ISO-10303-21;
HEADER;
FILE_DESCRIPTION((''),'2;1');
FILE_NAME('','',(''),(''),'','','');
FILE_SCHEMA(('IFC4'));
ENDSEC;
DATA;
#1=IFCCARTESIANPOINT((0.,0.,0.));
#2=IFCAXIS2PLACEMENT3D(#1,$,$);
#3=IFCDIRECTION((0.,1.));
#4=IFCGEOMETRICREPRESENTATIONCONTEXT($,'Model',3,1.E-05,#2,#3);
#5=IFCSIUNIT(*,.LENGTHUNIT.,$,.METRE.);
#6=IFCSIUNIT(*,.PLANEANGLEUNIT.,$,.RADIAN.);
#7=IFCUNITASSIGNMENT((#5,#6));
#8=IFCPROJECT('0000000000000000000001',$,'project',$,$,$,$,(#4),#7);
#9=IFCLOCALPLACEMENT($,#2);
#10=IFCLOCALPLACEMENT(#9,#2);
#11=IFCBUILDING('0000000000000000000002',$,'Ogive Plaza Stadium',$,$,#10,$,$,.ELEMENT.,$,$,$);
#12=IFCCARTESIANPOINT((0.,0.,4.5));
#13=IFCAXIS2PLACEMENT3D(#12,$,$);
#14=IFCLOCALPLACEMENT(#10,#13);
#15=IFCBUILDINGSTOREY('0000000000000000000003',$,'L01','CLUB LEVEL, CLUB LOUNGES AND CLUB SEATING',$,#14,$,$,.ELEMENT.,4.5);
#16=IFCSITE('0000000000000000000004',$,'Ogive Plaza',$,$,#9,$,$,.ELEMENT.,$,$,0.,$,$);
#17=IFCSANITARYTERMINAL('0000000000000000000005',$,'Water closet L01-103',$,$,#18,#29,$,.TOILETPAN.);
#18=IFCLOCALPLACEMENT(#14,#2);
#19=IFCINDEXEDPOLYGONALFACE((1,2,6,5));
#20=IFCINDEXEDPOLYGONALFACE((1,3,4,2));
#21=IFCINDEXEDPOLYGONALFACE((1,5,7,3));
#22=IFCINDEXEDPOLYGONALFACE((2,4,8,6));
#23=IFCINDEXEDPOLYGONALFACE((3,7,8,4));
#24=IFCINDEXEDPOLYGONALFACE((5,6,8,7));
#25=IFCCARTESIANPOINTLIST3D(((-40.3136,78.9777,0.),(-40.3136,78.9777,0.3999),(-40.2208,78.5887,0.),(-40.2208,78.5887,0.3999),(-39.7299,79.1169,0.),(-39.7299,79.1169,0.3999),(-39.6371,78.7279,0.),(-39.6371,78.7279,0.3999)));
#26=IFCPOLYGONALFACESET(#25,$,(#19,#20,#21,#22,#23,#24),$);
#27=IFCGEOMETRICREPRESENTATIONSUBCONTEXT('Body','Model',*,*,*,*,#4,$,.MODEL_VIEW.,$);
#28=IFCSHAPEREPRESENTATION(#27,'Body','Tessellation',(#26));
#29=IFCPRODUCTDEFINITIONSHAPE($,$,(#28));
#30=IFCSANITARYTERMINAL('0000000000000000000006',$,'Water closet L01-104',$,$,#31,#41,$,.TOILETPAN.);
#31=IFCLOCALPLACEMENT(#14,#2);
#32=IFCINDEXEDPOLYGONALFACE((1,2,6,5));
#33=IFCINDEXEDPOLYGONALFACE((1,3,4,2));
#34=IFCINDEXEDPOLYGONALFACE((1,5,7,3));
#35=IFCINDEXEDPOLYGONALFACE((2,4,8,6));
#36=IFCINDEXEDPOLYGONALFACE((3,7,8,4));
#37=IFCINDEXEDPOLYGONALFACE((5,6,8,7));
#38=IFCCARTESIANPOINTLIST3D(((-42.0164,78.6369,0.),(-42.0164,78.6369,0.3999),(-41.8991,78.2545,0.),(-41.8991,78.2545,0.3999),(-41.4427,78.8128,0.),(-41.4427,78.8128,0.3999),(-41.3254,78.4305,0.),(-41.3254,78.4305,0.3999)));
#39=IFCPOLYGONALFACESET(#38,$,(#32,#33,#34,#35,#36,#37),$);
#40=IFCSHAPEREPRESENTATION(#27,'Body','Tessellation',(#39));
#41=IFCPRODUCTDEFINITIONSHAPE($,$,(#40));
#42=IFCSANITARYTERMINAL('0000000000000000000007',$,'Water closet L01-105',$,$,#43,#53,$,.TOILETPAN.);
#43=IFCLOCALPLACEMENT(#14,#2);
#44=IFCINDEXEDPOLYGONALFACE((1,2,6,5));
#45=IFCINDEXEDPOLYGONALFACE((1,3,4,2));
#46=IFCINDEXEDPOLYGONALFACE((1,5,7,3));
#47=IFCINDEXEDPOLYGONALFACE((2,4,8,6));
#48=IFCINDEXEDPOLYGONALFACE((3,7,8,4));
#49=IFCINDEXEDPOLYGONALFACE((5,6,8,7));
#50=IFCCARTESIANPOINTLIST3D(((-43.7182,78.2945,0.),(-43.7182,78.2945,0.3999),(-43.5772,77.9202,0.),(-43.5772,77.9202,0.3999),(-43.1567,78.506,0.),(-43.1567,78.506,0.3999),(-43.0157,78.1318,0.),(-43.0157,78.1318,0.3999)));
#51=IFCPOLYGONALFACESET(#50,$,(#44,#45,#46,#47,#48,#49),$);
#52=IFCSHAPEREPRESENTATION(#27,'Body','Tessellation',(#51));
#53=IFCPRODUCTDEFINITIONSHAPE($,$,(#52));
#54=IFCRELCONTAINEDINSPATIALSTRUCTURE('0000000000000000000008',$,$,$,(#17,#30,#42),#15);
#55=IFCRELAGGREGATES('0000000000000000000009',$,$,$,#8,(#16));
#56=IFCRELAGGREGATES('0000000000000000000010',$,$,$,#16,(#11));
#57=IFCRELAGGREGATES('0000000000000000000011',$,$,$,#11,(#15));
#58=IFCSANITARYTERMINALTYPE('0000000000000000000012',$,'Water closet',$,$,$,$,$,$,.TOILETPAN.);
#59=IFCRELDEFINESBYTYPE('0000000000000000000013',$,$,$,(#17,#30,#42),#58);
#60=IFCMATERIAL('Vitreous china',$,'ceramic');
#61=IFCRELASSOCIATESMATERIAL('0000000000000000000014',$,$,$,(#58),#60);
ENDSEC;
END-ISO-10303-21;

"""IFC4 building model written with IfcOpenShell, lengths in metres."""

from ifc_helpers import new_model, si_unit, direction, frame, origin, origin_2d, place, context, subcontext, project, spatial, rectangle, extrude, material, type_object, element, save


model = new_model("IFC4")

# Units and contexts
model_context = context("Model", 3, precision=1e-05, world=origin(), true_north=direction((0.0, 1.0)))
body_context = subcontext(model_context, "Body", "Model", "MODEL_VIEW")
ifc_project = project(units=[si_unit("LENGTHUNIT", "METRE"), si_unit("PLANEANGLEUNIT", "RADIAN")], contexts=[model_context])

# Site, building, storey
site_placement = place(None, origin())
site = spatial("IfcSite", under=ifc_project, at=site_placement, Name="Ogive Plaza", CompositionType="ELEMENT", RefElevation=0.0)
building_placement = place(site_placement, origin())
building = spatial("IfcBuilding", under=site, at=building_placement, Name="Ogive Plaza Stadium", CompositionType="ELEMENT")
storey_placement = place(building_placement, frame((0.0, 0.0, 4.5)))
storey = spatial("IfcBuildingStorey", under=building, at=storey_placement, Name="L01", Description="CLUB LEVEL, CLUB LOUNGES AND CLUB SEATING", CompositionType="ELEMENT", Elevation=4.5)

# Sanitary terminals
ifc_material_1 = material(Name="Vitreous china", Category="ceramic")
sanitary_terminal_type_1 = type_object("IfcSanitaryTerminalType", Name="Water closet", PredefinedType="TOILETPAN", material=ifc_material_1)
for number, where, z_axis, x_axis, name in (
    (1, (-39.9753, 78.8528, 0.0), (0.0, 0.0, 1.0), (-0.231948, 0.972728, 0.0), "Water closet L01-103"),
    (2, (-41.6709, 78.5337, 0.0), (0.0, 0.0, 1.0), (-0.293224, 0.956044, 0.0), "Water closet L01-104"),
    (3, (-43.3669, 78.2131, 0.0), (0.0, 0.0, 1.0), (-0.35256, 0.935789, 0.0), "Water closet L01-105"),
):
    element("IfcSanitaryTerminal", number, at=place(storey_placement, frame(where, z_axis=z_axis, x_axis=x_axis)), inside=storey, type_object=sanitary_terminal_type_1, Name=name, PredefinedType="TOILETPAN", context=body_context, shape_type="SweptSolid", body=[
        extrude(rectangle(XDim=0.3999, YDim=0.6001, at=origin_2d()), origin(), (0.0, 0.0, 1.0), 0.3999),
    ])

save(model, "model.ifc")
